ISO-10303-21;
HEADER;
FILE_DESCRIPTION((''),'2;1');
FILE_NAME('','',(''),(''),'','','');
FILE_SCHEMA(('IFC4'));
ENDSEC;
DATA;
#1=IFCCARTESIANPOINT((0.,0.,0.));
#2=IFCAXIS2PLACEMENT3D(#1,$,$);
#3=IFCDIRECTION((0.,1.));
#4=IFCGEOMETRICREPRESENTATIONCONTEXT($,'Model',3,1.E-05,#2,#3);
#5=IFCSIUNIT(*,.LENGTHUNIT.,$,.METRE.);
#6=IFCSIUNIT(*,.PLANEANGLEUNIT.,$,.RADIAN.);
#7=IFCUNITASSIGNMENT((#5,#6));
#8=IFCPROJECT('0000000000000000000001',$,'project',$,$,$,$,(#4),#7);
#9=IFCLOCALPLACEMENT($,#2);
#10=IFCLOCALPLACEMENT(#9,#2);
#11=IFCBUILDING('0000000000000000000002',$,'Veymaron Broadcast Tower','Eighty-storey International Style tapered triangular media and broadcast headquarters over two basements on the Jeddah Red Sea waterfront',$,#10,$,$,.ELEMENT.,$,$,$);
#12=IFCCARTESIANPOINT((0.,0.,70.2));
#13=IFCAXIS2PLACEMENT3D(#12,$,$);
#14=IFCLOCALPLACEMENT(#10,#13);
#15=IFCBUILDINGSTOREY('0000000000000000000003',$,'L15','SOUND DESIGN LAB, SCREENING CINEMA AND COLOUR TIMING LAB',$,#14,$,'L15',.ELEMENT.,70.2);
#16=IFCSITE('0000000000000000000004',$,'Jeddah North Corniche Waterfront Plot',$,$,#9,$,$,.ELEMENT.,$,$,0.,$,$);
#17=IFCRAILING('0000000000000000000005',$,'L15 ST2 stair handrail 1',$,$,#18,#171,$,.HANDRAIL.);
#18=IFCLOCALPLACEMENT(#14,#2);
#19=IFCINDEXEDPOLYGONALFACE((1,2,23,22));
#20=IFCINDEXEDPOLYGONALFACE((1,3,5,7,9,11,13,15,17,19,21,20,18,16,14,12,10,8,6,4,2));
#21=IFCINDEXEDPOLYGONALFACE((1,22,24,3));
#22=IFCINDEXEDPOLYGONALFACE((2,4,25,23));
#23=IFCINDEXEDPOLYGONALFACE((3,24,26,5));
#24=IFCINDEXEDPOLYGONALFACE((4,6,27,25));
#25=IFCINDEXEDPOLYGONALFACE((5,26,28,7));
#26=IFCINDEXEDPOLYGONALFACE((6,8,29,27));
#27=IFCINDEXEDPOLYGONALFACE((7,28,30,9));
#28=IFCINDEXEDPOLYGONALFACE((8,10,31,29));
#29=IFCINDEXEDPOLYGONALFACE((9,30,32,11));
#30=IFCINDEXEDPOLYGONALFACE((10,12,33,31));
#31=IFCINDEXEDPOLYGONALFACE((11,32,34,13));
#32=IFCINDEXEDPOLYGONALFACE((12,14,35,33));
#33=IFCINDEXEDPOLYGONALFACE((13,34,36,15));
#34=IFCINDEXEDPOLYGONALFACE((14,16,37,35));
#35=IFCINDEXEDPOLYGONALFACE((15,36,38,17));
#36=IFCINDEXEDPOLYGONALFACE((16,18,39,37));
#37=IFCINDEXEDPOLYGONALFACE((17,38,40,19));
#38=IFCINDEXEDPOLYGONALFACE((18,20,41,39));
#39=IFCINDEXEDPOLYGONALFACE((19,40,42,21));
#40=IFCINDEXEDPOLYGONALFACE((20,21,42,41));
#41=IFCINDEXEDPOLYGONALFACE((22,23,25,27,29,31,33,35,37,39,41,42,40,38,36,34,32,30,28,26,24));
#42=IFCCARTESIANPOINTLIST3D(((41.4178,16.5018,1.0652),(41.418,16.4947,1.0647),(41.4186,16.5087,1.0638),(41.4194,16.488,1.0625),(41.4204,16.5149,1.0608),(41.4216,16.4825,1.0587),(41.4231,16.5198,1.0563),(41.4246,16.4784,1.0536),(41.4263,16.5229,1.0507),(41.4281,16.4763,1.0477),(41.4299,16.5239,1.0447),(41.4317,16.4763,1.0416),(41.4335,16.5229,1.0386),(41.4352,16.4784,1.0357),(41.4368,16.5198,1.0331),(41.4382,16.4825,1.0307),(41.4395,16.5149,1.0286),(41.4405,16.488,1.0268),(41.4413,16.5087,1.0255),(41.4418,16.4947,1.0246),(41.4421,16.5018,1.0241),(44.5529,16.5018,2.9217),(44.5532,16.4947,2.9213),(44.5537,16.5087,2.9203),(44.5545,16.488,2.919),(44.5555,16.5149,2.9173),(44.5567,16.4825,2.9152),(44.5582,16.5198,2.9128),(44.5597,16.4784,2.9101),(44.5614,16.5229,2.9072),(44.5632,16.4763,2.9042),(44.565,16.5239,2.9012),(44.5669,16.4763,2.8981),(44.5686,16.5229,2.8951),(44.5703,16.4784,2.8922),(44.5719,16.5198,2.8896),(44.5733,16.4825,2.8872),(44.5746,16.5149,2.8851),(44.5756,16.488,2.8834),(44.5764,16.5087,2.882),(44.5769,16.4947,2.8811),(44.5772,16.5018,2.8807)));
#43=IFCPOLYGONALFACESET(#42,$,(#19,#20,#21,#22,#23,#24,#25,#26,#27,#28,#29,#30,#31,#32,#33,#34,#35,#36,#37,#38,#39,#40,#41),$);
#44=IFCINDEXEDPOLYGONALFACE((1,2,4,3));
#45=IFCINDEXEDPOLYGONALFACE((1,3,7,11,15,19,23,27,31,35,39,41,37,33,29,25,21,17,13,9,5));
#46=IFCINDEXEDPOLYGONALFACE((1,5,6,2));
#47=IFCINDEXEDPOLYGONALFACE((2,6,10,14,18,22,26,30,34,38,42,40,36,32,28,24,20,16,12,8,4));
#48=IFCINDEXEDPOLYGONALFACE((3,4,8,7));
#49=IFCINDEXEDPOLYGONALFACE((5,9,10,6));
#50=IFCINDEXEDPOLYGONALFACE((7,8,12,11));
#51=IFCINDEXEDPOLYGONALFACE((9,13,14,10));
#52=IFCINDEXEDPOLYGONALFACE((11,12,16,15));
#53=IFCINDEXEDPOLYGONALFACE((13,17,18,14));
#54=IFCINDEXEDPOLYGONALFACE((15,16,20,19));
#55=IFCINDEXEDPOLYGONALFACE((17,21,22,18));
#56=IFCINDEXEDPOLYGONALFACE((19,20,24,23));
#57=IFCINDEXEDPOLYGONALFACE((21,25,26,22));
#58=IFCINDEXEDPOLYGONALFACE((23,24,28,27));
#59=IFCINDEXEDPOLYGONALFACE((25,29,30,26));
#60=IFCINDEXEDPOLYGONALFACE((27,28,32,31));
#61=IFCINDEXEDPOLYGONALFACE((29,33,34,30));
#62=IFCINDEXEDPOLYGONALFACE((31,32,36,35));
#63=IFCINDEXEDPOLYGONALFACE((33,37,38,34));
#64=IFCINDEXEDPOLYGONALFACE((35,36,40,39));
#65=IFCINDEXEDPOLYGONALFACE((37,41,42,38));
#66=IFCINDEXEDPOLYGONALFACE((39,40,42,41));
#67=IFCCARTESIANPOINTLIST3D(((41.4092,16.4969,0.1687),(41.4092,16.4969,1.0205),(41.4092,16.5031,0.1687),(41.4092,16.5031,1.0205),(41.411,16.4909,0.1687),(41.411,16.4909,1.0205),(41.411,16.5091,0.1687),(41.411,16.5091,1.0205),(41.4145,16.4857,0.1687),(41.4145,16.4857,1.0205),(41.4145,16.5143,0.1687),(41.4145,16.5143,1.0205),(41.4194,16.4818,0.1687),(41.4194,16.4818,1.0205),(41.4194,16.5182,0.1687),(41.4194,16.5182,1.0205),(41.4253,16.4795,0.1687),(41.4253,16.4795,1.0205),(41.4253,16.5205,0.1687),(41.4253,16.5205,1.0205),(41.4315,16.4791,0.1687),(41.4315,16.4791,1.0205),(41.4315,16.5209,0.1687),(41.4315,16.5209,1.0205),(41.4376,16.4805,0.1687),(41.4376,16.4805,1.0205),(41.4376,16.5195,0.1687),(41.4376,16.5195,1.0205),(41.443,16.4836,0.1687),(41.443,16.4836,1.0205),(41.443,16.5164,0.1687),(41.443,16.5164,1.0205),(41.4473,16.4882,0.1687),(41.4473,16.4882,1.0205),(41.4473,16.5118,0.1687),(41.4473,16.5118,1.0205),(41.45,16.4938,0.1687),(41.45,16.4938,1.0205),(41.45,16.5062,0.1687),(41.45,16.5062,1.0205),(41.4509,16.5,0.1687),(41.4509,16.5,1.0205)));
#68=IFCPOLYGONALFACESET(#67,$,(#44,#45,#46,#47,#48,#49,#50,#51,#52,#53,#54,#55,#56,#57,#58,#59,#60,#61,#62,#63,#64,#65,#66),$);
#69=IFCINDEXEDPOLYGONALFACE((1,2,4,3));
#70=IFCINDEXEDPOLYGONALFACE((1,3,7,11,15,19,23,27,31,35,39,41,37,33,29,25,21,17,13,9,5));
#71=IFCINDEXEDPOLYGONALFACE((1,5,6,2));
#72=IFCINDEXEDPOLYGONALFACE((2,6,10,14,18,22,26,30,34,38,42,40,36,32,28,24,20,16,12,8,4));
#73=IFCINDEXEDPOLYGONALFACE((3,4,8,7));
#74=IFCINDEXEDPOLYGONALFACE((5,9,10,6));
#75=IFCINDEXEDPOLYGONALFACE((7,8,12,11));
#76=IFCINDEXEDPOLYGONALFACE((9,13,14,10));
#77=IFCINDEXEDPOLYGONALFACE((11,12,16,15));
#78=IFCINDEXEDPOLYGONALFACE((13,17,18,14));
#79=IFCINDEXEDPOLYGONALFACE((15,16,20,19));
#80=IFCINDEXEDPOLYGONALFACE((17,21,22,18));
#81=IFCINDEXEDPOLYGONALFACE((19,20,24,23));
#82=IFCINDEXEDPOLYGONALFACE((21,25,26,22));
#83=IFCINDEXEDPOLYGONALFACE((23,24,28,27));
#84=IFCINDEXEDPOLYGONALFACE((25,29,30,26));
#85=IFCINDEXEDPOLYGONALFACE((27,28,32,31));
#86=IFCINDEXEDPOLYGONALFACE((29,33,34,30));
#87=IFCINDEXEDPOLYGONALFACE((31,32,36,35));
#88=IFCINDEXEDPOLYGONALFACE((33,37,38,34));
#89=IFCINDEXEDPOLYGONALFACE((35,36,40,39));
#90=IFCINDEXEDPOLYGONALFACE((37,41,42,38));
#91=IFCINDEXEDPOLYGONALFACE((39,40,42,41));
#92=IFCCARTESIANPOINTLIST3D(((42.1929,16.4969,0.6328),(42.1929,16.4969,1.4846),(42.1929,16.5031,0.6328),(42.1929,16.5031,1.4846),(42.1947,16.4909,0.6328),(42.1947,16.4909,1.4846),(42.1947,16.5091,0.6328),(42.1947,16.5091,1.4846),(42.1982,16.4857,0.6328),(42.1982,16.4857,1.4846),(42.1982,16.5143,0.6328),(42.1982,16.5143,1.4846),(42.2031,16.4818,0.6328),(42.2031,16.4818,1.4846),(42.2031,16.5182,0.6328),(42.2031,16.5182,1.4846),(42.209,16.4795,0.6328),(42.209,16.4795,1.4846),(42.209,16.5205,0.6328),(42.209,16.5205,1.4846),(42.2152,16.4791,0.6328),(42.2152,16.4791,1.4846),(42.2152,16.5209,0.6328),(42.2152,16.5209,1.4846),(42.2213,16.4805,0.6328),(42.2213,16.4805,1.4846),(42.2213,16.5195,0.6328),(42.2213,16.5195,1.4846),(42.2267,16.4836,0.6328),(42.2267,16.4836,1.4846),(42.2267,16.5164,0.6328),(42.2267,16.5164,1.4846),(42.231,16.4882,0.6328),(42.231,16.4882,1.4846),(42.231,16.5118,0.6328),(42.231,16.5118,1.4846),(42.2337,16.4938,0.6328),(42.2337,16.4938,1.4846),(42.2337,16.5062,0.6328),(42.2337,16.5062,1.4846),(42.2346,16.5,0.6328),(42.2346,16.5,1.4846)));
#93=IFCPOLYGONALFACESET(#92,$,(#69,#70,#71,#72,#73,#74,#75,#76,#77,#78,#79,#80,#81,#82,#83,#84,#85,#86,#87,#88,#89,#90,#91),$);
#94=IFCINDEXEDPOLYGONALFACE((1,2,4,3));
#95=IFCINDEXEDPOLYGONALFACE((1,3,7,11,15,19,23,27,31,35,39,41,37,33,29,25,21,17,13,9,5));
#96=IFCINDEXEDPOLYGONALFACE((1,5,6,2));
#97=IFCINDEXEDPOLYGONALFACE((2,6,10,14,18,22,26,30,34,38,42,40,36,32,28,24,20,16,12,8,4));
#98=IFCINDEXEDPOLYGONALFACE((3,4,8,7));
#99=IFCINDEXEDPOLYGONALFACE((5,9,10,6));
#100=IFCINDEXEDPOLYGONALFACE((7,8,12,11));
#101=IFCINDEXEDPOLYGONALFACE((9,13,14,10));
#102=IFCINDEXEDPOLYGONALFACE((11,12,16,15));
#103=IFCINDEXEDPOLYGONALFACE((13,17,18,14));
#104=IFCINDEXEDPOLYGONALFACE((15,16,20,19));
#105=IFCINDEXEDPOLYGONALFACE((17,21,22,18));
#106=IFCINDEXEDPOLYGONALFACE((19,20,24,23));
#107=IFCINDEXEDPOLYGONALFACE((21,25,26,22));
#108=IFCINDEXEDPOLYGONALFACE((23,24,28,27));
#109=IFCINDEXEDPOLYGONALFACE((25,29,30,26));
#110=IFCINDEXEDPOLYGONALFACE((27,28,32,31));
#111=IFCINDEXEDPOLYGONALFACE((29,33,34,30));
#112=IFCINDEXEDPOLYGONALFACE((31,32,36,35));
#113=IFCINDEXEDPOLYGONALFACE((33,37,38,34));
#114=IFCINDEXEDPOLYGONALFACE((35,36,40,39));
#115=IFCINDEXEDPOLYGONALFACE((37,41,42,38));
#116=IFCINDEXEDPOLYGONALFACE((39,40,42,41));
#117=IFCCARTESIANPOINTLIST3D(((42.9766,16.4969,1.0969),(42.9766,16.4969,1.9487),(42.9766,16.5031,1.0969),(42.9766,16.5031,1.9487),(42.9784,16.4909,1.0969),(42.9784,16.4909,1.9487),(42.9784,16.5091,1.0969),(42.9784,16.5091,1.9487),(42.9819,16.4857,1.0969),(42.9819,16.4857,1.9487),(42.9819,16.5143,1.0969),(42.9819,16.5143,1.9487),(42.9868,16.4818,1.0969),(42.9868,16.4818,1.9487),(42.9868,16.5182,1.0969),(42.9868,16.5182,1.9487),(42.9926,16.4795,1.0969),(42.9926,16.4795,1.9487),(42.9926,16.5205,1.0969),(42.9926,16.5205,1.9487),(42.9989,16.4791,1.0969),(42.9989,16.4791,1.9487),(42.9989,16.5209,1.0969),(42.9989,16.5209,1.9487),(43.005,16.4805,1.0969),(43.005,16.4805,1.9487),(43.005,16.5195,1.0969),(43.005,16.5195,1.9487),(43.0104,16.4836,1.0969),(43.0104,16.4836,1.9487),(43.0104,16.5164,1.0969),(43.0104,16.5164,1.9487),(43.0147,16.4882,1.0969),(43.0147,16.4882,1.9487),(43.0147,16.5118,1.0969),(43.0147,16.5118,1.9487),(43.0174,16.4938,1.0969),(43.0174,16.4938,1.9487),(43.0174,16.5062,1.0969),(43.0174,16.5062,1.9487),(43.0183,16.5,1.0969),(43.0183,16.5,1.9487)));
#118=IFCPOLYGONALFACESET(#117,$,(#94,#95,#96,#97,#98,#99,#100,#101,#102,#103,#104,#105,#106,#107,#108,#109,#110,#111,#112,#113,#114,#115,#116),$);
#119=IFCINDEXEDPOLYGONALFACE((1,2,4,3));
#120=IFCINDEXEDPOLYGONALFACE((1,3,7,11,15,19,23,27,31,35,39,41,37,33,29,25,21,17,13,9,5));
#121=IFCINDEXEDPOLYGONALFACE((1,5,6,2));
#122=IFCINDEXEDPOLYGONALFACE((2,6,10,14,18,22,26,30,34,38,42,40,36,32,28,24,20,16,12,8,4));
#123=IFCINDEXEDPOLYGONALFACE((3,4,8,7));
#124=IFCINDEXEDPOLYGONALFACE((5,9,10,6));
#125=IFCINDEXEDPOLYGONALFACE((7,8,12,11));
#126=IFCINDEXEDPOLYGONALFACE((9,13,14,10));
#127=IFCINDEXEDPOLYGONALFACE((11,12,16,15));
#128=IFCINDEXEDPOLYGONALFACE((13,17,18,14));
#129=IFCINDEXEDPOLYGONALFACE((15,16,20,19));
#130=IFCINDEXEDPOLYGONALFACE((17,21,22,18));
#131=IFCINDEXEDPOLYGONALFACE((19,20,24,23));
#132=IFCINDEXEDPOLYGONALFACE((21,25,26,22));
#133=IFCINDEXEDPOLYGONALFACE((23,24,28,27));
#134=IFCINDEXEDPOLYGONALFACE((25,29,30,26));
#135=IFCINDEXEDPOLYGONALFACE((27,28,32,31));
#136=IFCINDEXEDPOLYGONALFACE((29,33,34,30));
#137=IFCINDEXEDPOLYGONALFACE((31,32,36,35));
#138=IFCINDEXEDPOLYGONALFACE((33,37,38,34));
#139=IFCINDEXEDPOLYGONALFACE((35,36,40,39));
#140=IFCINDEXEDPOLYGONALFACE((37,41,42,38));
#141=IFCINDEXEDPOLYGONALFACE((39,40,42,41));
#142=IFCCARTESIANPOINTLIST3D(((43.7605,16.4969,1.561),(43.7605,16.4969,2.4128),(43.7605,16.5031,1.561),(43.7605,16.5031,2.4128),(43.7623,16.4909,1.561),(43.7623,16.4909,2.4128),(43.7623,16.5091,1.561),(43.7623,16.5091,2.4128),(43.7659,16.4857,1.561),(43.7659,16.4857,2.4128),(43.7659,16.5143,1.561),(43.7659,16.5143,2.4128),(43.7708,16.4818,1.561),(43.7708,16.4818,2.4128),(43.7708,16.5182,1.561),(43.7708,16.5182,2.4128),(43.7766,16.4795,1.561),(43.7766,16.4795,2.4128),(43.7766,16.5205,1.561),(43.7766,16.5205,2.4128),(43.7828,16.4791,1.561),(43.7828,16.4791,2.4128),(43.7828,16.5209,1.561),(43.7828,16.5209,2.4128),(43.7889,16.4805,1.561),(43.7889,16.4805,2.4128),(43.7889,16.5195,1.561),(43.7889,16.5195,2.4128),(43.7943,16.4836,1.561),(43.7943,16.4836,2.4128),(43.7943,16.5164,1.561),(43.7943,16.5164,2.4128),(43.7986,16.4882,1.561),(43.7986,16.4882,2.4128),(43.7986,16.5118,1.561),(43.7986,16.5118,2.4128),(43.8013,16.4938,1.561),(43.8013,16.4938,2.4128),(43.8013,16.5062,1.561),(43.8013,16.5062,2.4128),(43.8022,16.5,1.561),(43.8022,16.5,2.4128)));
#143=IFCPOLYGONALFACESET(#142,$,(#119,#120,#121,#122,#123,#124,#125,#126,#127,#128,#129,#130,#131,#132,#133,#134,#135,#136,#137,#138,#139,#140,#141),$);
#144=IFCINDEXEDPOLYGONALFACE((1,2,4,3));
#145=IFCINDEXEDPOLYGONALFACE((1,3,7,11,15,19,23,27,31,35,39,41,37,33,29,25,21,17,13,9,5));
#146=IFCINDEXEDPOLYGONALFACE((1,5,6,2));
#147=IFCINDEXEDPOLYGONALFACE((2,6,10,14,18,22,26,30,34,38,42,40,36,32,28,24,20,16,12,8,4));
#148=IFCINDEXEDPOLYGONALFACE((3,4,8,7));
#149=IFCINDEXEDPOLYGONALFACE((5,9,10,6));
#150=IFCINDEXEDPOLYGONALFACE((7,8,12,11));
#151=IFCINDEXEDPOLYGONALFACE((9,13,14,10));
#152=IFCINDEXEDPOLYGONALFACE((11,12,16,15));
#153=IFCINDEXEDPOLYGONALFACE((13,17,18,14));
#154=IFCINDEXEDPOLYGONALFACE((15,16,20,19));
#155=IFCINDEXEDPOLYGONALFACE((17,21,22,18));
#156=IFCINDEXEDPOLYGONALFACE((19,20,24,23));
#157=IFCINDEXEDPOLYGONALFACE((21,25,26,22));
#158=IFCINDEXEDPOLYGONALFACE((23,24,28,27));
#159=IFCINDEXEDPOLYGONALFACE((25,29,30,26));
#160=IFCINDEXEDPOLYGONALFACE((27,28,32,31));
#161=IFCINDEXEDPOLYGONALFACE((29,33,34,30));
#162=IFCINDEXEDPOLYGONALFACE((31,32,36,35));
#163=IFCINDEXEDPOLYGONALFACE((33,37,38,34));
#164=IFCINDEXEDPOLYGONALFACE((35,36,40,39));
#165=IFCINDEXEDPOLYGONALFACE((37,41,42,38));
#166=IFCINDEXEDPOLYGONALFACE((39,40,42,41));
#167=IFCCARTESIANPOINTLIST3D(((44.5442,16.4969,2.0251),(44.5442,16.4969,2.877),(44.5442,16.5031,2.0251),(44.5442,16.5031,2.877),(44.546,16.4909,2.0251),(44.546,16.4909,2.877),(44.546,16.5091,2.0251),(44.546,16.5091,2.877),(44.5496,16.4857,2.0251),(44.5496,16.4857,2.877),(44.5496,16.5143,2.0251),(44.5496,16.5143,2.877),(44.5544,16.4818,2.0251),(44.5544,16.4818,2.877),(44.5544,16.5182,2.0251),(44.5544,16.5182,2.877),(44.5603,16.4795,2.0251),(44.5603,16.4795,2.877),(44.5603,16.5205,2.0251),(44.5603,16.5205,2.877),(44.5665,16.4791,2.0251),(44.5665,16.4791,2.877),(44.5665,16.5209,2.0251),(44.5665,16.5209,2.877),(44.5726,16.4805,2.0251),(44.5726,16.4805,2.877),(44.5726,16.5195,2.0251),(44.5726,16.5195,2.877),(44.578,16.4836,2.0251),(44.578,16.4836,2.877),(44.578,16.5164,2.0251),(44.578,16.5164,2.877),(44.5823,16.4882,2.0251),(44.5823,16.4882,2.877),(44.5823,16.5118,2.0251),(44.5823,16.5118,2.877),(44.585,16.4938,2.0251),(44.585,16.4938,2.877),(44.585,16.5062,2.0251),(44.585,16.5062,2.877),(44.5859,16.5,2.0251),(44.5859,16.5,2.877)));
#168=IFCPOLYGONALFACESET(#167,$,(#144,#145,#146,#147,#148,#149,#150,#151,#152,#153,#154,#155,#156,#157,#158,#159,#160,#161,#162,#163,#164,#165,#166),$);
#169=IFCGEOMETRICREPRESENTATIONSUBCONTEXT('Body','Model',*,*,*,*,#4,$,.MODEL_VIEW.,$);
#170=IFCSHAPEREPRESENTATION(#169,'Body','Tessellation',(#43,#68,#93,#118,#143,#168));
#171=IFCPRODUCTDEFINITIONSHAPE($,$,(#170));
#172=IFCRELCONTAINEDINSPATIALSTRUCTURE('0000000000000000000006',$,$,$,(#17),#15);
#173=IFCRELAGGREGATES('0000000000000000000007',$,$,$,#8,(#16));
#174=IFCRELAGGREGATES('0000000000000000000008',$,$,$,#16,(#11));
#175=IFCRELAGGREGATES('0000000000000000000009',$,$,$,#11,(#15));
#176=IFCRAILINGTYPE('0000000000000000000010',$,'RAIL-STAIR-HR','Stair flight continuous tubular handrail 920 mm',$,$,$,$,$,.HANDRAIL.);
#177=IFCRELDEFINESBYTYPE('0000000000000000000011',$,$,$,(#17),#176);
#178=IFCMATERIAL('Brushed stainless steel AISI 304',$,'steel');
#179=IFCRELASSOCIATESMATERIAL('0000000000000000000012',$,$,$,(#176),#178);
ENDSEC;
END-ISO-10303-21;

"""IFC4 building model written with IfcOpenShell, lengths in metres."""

from ifc_helpers import new_model, si_unit, direction, frame, origin, origin_2d, place, context, subcontext, project, spatial, circle, extrude, material, type_object, element, save


model = new_model("IFC4")

# Units and contexts
model_context = context("Model", 3, precision=1e-05, world=origin(), true_north=direction((0.0, 1.0)))
body_context = subcontext(model_context, "Body", "Model", "MODEL_VIEW")
ifc_project = project(units=[si_unit("LENGTHUNIT", "METRE"), si_unit("PLANEANGLEUNIT", "RADIAN")], contexts=[model_context])

# Site, building, storey
site_placement = place(None, origin())
site = spatial("IfcSite", under=ifc_project, at=site_placement, Name="Jeddah North Corniche Waterfront Plot", CompositionType="ELEMENT", RefElevation=0.0)
building_placement = place(site_placement, origin())
building = spatial("IfcBuilding", under=site, at=building_placement, Name="Veymaron Broadcast Tower", Description="Eighty-storey International Style tapered triangular media and broadcast headquarters over two basements on the Jeddah Red Sea waterfront", CompositionType="ELEMENT")
storey_placement = place(building_placement, frame((0.0, 0.0, 70.2)))
storey = spatial("IfcBuildingStorey", under=building, at=storey_placement, Name="L15", Description="SOUND DESIGN LAB, SCREENING CINEMA AND COLOUR TIMING LAB", LongName="L15", CompositionType="ELEMENT", Elevation=70.2)

# Shared definitions
ifc_material_1 = material(Name="Brushed stainless steel AISI 304", Category="steel")

# Railing
railing_type_1 = type_object("IfcRailingType", Name="RAIL-STAIR-HR", Description="Stair flight continuous tubular handrail 920 mm", PredefinedType="HANDRAIL", material=ifc_material_1)
railing_1_placement = place(storey_placement, frame((41.4299, 16.5, 0.1687)))
element("IfcRailing", 1, at=railing_1_placement, inside=storey, type_object=railing_type_1, Name="L15 ST2 stair handrail 1", PredefinedType="HANDRAIL", context=body_context, shape_type="SweptSolid", body=[
    extrude(circle(Radius=0.0239, at=origin_2d()), frame((0.0, 0.0, 0.876), z_axis=(0.860453, 0.0, 0.509531), x_axis=(0.0, 1.0, 0.0)), (0.0, 0.0, 1.0), 3.6436),
    extrude(circle(Radius=0.021, at=origin_2d()), origin(), (0.0, 0.0, 1.0), 0.8518),
    extrude(circle(Radius=0.021, at=origin_2d()), frame((0.7837, 0.0, 0.4641)), (0.0, 0.0, 1.0), 0.8518),
    extrude(circle(Radius=0.021, at=origin_2d()), frame((1.5674, 0.0, 0.9282)), (0.0, 0.0, 1.0), 0.8518),
    extrude(circle(Radius=0.021, at=origin_2d()), frame((2.3513, 0.0, 1.3923)), (0.0, 0.0, 1.0), 0.8518),
    extrude(circle(Radius=0.021, at=origin_2d()), frame((3.135, 0.0, 1.8564)), (0.0, 0.0, 1.0), 0.8518),
])

save(model, "model.ifc")
